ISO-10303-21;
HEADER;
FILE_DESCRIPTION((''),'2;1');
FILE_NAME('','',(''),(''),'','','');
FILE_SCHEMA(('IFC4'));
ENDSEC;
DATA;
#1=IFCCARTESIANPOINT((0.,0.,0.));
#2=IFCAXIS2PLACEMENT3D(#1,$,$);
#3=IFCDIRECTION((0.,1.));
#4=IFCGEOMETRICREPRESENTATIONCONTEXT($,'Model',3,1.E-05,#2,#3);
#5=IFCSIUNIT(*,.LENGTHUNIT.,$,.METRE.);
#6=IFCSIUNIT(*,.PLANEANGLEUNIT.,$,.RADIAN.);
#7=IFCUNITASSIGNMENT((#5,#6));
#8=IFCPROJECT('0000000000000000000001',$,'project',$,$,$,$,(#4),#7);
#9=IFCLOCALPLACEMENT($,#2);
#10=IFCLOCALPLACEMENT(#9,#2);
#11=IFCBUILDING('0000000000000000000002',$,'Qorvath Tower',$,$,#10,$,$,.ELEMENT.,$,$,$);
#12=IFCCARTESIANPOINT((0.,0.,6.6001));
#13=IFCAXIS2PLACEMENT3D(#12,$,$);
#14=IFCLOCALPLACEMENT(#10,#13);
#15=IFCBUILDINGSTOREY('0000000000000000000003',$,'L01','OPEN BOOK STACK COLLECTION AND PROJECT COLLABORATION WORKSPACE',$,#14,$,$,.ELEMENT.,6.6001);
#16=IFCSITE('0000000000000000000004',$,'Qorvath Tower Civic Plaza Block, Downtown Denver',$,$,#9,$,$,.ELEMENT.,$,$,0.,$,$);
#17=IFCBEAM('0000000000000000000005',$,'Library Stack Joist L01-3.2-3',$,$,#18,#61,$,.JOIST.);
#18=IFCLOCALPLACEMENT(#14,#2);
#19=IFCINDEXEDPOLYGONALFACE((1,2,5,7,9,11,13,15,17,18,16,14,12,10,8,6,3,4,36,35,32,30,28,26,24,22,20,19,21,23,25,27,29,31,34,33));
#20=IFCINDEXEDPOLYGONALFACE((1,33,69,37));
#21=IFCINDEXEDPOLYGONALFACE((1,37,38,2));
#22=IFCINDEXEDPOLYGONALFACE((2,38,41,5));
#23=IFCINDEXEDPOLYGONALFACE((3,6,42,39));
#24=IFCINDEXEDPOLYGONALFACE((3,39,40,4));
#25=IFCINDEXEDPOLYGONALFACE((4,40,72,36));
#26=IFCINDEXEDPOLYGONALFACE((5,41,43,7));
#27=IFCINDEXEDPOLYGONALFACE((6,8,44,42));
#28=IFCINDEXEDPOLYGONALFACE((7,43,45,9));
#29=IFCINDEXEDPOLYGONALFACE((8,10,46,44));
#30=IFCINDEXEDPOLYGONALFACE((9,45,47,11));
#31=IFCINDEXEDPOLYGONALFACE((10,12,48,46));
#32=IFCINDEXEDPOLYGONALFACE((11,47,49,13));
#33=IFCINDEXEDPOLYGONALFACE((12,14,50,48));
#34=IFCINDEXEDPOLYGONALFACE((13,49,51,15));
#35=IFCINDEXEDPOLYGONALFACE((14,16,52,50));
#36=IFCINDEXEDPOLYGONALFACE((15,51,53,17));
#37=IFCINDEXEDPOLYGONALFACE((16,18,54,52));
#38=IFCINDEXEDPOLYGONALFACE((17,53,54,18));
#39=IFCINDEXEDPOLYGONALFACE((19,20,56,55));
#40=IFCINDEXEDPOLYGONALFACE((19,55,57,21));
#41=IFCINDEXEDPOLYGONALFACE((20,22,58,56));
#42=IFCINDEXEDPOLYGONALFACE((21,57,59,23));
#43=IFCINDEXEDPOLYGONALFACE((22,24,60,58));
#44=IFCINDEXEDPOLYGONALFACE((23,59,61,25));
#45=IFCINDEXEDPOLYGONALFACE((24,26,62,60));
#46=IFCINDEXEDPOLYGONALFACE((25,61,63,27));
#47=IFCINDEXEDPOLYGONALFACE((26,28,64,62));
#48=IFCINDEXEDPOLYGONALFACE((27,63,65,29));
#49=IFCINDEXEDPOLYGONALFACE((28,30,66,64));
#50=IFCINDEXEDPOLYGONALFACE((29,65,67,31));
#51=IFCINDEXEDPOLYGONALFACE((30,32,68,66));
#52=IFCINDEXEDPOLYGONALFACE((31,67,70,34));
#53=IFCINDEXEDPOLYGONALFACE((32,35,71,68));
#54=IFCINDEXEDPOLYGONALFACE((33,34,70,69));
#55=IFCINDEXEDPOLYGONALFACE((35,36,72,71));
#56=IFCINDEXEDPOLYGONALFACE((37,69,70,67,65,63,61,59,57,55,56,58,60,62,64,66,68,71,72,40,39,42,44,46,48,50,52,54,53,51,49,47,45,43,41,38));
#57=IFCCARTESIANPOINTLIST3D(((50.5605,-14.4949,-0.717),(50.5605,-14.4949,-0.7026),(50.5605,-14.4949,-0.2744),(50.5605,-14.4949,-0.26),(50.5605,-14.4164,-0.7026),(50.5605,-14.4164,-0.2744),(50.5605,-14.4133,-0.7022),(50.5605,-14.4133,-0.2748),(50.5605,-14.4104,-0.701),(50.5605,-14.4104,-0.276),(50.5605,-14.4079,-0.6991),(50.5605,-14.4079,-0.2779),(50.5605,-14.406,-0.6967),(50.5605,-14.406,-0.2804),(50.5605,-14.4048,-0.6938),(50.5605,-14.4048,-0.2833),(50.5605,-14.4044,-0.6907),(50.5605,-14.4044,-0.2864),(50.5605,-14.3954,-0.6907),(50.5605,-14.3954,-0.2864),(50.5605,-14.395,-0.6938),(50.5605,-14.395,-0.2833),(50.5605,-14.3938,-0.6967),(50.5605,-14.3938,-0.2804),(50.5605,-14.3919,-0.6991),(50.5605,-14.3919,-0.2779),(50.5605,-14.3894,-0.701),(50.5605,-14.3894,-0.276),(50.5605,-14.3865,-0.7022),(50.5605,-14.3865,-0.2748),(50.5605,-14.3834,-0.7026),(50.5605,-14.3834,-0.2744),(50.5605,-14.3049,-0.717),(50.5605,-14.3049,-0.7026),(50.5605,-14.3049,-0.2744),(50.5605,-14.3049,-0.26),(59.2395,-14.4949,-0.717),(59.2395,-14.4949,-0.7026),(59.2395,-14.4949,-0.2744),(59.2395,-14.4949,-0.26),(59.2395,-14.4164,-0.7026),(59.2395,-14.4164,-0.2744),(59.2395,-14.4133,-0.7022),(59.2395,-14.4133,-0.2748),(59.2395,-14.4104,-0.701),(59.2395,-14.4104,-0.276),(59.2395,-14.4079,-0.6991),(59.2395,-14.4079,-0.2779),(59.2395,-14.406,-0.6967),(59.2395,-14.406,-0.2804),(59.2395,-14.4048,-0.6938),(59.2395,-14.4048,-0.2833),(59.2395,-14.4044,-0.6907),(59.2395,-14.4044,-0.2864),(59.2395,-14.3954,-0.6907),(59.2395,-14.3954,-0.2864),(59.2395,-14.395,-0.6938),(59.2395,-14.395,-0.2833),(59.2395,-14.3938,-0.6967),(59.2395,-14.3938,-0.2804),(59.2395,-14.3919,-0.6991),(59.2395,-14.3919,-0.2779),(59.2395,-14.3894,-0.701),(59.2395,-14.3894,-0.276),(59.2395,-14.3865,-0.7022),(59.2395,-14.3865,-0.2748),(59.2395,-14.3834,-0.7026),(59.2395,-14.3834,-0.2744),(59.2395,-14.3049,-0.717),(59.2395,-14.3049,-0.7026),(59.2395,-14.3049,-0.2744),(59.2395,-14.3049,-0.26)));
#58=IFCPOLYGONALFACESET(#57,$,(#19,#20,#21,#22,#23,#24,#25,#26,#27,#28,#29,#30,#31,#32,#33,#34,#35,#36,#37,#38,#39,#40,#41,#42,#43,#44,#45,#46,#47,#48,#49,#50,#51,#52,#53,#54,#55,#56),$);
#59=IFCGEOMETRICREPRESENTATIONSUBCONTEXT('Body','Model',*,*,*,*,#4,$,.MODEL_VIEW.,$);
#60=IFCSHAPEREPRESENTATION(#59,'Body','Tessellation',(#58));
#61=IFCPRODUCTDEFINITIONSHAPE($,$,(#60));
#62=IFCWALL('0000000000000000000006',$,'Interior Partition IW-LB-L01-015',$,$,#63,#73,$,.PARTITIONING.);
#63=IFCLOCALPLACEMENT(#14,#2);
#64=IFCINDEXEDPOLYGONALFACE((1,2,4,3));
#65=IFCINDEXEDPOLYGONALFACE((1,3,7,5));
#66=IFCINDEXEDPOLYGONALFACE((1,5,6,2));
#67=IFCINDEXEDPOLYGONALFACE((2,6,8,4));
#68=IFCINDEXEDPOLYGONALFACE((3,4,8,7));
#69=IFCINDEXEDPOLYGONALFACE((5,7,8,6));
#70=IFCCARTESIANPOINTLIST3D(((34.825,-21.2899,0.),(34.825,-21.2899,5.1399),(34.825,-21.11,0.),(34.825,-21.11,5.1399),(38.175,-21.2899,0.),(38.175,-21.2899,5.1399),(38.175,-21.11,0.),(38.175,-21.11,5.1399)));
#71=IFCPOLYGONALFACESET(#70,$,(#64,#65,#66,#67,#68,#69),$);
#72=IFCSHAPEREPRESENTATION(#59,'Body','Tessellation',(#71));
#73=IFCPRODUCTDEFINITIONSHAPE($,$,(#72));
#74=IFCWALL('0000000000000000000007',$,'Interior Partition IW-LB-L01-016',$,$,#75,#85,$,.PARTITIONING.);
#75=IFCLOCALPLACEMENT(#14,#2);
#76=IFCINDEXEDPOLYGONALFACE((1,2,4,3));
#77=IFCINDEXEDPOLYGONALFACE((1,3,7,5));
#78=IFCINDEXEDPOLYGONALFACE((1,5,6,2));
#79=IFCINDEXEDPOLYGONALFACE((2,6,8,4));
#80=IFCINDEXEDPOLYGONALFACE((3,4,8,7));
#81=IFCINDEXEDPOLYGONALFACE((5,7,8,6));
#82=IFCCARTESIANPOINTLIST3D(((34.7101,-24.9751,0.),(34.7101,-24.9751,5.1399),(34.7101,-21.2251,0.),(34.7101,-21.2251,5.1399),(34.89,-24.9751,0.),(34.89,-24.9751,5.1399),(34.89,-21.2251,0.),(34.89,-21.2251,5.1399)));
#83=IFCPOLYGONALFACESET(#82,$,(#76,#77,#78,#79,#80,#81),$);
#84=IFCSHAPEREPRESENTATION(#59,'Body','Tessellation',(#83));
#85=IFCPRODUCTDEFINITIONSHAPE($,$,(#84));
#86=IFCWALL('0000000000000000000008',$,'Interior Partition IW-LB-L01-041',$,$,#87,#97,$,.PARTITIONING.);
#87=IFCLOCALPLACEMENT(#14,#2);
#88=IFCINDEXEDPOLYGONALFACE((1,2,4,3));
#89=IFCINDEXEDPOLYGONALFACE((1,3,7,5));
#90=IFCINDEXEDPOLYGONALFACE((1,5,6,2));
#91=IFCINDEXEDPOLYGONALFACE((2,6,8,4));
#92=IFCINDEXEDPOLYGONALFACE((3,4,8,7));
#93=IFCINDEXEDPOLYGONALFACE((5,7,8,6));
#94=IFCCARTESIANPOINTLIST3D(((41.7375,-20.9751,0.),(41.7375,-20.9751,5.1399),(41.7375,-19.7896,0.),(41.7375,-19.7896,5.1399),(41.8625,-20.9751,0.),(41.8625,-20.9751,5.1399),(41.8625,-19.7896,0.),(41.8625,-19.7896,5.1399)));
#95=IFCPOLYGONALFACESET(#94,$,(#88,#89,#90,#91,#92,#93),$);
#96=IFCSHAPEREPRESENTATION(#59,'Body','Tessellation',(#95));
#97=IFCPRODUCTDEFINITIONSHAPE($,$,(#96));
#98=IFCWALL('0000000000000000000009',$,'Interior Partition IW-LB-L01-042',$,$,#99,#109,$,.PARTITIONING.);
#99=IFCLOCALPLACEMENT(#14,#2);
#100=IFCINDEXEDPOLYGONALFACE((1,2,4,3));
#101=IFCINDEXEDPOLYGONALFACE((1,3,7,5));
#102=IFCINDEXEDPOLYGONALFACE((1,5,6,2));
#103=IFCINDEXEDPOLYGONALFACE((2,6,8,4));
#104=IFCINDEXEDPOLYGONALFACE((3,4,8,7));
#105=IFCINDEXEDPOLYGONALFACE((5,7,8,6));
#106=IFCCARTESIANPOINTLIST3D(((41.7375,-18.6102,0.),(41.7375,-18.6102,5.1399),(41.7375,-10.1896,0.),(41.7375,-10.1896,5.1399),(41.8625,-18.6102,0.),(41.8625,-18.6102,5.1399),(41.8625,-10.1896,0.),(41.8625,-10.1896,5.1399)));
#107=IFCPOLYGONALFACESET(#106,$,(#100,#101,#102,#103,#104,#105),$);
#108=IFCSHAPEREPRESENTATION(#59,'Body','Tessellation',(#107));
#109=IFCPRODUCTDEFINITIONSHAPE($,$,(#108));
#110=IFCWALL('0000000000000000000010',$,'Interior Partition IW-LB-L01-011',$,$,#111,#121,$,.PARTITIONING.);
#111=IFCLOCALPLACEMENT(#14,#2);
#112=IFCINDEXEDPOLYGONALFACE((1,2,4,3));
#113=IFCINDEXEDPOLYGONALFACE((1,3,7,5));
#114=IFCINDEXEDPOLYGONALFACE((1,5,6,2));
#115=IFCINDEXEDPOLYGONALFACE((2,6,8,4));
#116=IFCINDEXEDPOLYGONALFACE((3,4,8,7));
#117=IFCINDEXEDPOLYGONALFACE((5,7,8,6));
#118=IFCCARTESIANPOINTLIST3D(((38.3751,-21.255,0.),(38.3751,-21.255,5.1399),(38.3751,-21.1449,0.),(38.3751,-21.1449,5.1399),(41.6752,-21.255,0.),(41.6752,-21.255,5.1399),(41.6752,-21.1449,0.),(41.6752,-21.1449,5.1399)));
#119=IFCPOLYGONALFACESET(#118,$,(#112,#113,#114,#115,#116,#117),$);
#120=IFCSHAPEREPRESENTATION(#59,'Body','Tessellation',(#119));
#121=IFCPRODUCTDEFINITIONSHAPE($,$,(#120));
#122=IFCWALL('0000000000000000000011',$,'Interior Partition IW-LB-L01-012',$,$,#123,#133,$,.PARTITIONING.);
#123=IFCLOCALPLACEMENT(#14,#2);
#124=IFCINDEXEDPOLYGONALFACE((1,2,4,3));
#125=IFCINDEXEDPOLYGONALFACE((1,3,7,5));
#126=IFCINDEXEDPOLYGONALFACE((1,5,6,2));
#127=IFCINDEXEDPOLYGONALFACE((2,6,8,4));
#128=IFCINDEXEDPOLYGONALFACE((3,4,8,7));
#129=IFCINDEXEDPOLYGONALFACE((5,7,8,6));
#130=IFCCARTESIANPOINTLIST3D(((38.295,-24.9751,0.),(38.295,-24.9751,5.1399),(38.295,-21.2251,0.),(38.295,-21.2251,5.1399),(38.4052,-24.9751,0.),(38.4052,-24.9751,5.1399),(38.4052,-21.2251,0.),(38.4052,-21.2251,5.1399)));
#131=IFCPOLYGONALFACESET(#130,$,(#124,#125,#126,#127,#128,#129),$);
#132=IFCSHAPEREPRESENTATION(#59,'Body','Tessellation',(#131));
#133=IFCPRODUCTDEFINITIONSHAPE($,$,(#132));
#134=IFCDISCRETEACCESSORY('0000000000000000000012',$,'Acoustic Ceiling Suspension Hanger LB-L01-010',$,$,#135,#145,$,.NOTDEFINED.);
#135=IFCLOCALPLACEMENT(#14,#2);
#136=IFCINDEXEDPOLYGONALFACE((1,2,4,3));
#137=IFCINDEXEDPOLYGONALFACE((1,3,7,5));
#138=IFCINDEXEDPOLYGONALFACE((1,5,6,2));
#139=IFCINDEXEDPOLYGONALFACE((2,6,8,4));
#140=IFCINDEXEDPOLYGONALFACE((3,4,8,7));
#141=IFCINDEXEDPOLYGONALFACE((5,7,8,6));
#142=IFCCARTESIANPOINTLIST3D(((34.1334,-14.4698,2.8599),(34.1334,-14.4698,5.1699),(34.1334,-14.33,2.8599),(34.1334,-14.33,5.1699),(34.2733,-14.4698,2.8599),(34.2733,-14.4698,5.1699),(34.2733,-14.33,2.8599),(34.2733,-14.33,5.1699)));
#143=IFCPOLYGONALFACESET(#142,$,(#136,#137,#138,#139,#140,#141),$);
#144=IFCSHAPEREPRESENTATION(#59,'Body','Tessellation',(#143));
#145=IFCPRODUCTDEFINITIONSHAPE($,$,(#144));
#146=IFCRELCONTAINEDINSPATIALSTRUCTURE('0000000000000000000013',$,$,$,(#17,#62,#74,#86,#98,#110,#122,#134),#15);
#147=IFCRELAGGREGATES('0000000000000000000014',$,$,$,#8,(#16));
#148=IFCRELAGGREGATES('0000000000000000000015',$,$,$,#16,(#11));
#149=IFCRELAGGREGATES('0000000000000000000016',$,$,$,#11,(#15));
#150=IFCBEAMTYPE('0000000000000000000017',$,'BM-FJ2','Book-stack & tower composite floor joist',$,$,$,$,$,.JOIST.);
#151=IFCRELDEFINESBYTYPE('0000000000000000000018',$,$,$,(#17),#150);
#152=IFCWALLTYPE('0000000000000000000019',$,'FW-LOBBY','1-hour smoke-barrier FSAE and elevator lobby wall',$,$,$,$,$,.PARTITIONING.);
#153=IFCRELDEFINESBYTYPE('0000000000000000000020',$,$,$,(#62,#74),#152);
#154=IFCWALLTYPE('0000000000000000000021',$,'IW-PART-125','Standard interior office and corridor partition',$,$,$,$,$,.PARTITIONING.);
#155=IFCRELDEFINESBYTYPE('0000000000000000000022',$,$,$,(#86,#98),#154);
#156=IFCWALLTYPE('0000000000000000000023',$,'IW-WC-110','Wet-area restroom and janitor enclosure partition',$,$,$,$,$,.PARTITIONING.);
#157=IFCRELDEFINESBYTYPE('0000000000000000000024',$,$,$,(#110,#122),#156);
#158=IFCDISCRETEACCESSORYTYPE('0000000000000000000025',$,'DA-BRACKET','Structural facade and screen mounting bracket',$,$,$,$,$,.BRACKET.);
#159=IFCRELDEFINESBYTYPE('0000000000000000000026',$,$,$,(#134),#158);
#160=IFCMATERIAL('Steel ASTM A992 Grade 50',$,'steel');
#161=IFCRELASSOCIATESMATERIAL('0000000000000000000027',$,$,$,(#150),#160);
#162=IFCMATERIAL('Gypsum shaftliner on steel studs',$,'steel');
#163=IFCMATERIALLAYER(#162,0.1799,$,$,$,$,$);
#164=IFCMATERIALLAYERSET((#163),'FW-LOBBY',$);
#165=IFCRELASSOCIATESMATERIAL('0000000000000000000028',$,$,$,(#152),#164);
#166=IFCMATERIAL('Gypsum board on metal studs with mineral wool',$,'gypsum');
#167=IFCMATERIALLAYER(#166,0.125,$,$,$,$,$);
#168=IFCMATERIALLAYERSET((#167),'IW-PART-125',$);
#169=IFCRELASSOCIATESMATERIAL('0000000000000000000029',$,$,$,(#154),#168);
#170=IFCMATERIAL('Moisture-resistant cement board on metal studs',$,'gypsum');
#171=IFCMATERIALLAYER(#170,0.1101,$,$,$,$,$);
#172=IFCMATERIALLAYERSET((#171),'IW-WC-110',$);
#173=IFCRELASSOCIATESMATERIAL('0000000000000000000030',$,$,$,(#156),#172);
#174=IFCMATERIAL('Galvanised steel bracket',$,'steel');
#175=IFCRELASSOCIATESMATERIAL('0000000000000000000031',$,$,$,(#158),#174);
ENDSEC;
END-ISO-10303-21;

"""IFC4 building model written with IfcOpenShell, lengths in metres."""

from ifc_helpers import new_model, si_unit, direction, frame, frame_2d, origin, origin_2d, place, context, subcontext, project, spatial, rectangle, i_section, extrude, material, layer, layer_set, material_profile, profile_set, type_object, element, save


model = new_model("IFC4")

# Units and contexts
model_context = context("Model", 3, precision=1e-05, world=origin(), true_north=direction((0.0, 1.0)))
body_context = subcontext(model_context, "Body", "Model", "MODEL_VIEW")
ifc_project = project(units=[si_unit("LENGTHUNIT", "METRE"), si_unit("PLANEANGLEUNIT", "RADIAN")], contexts=[model_context])

# Site, building, storey
site_placement = place(None, origin())
site = spatial("IfcSite", under=ifc_project, at=site_placement, Name="Qorvath Tower Civic Plaza Block, Downtown Denver", CompositionType="ELEMENT", RefElevation=0.0)
building_placement = place(site_placement, origin())
building = spatial("IfcBuilding", under=site, at=building_placement, Name="Qorvath Tower", CompositionType="ELEMENT")
storey_placement = place(building_placement, frame((0.0, 0.0, 6.6001)))
storey = spatial("IfcBuildingStorey", under=building, at=storey_placement, Name="L01", Description="OPEN BOOK STACK COLLECTION AND PROJECT COLLABORATION WORKSPACE", CompositionType="ELEMENT", Elevation=6.6001)

# Beam
ifc_material_1 = material(Name="Steel ASTM A992 Grade 50", Category="steel")
ifc_material_profile_1 = material_profile(ifc_material_1, i_section(OverallWidth=0.1899, OverallDepth=0.457, WebThickness=0.009, FlangeThickness=0.0144, FilletRadius=0.012, at=origin_2d()), Name="W18x50")
ifc_profile_set_1 = profile_set([ifc_material_profile_1], Name="Steel ASTM A992 Grade 50")
beam_type_1 = type_object("IfcBeamType", Name="BM-FJ2", Description="Book-stack & tower composite floor joist", PredefinedType="JOIST", material=ifc_profile_set_1)
for number, where, z_axis, x_axis, name in (
    (1, (50.5605, -14.3999, -0.4885), (1.0, 0.0, 0.0), (0.0, 1.0, 0.0), "Library Stack Joist L01-3.2-3"),
):
    element("IfcBeam", number, at=place(storey_placement, frame(where, z_axis=z_axis, x_axis=x_axis)), inside=storey, type_object=beam_type_1, Name=name, PredefinedType="JOIST", context=body_context, shape_type="SweptSolid", body=[
        extrude(i_section(OverallWidth=0.1899, OverallDepth=0.457, WebThickness=0.009, FlangeThickness=0.0144, FilletRadius=0.012, at=origin_2d()), origin(), (0.0, 0.0, 1.0), 8.679),
    ])

# Walls
ifc_material_2 = material(Name="Gypsum shaftliner on steel studs", Category="steel")
ifc_layer_1 = layer(ifc_material_2, 0.1799)
ifc_layer_set_1 = layer_set([ifc_layer_1], Name="FW-LOBBY")
wall_type_1 = type_object("IfcWallType", Name="FW-LOBBY", Description="1-hour smoke-barrier FSAE and elevator lobby wall", PredefinedType="PARTITIONING", material=ifc_layer_set_1)
wall_1_placement = place(storey_placement, frame((38.175, -21.2, 0.0), z_axis=(0.0, 0.0, 1.0), x_axis=(-1.0, 0.0, 0.0)))
element("IfcWall", 2, at=wall_1_placement, inside=storey, type_object=wall_type_1, Name="Interior Partition IW-LB-L01-015", PredefinedType="PARTITIONING", context=body_context, shape_type="SweptSolid", body=[
    extrude(rectangle(XDim=3.3501, YDim=0.1799, at=frame_2d((1.675, 0.0))), origin(), (0.0, 0.0, 1.0), 5.1399),
])
wall_2_placement = place(storey_placement, frame((34.8, -21.2251, 0.0), z_axis=(0.0, 0.0, 1.0), x_axis=(0.0, -1.0, 0.0)))
element("IfcWall", 3, at=wall_2_placement, inside=storey, type_object=wall_type_1, Name="Interior Partition IW-LB-L01-016", PredefinedType="PARTITIONING", context=body_context, shape_type="SweptSolid", body=[
    extrude(rectangle(XDim=3.75, YDim=0.1799, at=frame_2d((1.875, 0.0))), origin(), (0.0, 0.0, 1.0), 5.1399),
])
ifc_material_3 = material(Name="Gypsum board on metal studs with mineral wool", Category="gypsum")
ifc_layer_2 = layer(ifc_material_3, 0.125)
ifc_layer_set_2 = layer_set([ifc_layer_2], Name="IW-PART-125")
wall_type_2 = type_object("IfcWallType", Name="IW-PART-125", Description="Standard interior office and corridor partition", PredefinedType="PARTITIONING", material=ifc_layer_set_2)
wall_3_placement = place(storey_placement, frame((41.8, -20.9751, 0.0), z_axis=(0.0, 0.0, 1.0), x_axis=(0.0, 1.0, 0.0)))
element("IfcWall", 4, at=wall_3_placement, inside=storey, type_object=wall_type_2, Name="Interior Partition IW-LB-L01-041", PredefinedType="PARTITIONING", context=body_context, shape_type="SweptSolid", body=[
    extrude(rectangle(XDim=1.1855, YDim=0.125, at=frame_2d((0.5928, 0.0))), origin(), (0.0, 0.0, 1.0), 5.1399),
])
wall_4_placement = place(storey_placement, frame((41.8, -18.6104, 0.0), z_axis=(0.0, 0.0, 1.0), x_axis=(0.0, 1.0, 0.0)))
element("IfcWall", 5, at=wall_4_placement, inside=storey, type_object=wall_type_2, Name="Interior Partition IW-LB-L01-042", PredefinedType="PARTITIONING", context=body_context, shape_type="SweptSolid", body=[
    extrude(rectangle(XDim=8.4207, YDim=0.125, at=frame_2d((4.2104, 0.0))), origin(), (0.0, 0.0, 1.0), 5.1399),
])
ifc_material_4 = material(Name="Moisture-resistant cement board on metal studs", Category="gypsum")
ifc_layer_3 = layer(ifc_material_4, 0.1101)
ifc_layer_set_3 = layer_set([ifc_layer_3], Name="IW-WC-110")
wall_type_3 = type_object("IfcWallType", Name="IW-WC-110", Description="Wet-area restroom and janitor enclosure partition", PredefinedType="PARTITIONING", material=ifc_layer_set_3)
wall_5_placement = place(storey_placement, frame((41.675, -21.2, 0.0), z_axis=(0.0, 0.0, 1.0), x_axis=(-1.0, 0.0, 0.0)))
element("IfcWall", 6, at=wall_5_placement, inside=storey, type_object=wall_type_3, Name="Interior Partition IW-LB-L01-011", PredefinedType="PARTITIONING", context=body_context, shape_type="SweptSolid", body=[
    extrude(rectangle(XDim=3.3, YDim=0.1101, at=frame_2d((1.6499, 0.0))), origin(), (0.0, 0.0, 1.0), 5.1399),
])
wall_6_placement = place(storey_placement, frame((38.3501, -21.2251, 0.0), z_axis=(0.0, 0.0, 1.0), x_axis=(0.0, -1.0, 0.0)))
element("IfcWall", 7, at=wall_6_placement, inside=storey, type_object=wall_type_3, Name="Interior Partition IW-LB-L01-012", PredefinedType="PARTITIONING", context=body_context, shape_type="SweptSolid", body=[
    extrude(rectangle(XDim=3.75, YDim=0.1101, at=frame_2d((1.875, 0.0))), origin(), (0.0, 0.0, 1.0), 5.1399),
])

# Discrete accessory
ifc_material_5 = material(Name="Galvanised steel bracket", Category="steel")
discrete_accessory_type = type_object("IfcDiscreteAccessoryType", Name="DA-BRACKET", Description="Structural facade and screen mounting bracket", PredefinedType="BRACKET", material=ifc_material_5)
discrete_accessory_placement = place(storey_placement, frame((34.2034, -14.3999, 2.8599), z_axis=(0.0, 0.0, 1.0), x_axis=(1.0, 0.0, 0.0)))
element("IfcDiscreteAccessory", 8, at=discrete_accessory_placement, inside=storey, type_object=discrete_accessory_type, Name="Acoustic Ceiling Suspension Hanger LB-L01-010", PredefinedType="NOTDEFINED", context=body_context, shape_type="SweptSolid", body=[
    extrude(rectangle(XDim=0.1399, YDim=0.1399, at=origin_2d()), origin(), (0.0, 0.0, 1.0), 2.3101),
])

save(model, "model.ifc")
